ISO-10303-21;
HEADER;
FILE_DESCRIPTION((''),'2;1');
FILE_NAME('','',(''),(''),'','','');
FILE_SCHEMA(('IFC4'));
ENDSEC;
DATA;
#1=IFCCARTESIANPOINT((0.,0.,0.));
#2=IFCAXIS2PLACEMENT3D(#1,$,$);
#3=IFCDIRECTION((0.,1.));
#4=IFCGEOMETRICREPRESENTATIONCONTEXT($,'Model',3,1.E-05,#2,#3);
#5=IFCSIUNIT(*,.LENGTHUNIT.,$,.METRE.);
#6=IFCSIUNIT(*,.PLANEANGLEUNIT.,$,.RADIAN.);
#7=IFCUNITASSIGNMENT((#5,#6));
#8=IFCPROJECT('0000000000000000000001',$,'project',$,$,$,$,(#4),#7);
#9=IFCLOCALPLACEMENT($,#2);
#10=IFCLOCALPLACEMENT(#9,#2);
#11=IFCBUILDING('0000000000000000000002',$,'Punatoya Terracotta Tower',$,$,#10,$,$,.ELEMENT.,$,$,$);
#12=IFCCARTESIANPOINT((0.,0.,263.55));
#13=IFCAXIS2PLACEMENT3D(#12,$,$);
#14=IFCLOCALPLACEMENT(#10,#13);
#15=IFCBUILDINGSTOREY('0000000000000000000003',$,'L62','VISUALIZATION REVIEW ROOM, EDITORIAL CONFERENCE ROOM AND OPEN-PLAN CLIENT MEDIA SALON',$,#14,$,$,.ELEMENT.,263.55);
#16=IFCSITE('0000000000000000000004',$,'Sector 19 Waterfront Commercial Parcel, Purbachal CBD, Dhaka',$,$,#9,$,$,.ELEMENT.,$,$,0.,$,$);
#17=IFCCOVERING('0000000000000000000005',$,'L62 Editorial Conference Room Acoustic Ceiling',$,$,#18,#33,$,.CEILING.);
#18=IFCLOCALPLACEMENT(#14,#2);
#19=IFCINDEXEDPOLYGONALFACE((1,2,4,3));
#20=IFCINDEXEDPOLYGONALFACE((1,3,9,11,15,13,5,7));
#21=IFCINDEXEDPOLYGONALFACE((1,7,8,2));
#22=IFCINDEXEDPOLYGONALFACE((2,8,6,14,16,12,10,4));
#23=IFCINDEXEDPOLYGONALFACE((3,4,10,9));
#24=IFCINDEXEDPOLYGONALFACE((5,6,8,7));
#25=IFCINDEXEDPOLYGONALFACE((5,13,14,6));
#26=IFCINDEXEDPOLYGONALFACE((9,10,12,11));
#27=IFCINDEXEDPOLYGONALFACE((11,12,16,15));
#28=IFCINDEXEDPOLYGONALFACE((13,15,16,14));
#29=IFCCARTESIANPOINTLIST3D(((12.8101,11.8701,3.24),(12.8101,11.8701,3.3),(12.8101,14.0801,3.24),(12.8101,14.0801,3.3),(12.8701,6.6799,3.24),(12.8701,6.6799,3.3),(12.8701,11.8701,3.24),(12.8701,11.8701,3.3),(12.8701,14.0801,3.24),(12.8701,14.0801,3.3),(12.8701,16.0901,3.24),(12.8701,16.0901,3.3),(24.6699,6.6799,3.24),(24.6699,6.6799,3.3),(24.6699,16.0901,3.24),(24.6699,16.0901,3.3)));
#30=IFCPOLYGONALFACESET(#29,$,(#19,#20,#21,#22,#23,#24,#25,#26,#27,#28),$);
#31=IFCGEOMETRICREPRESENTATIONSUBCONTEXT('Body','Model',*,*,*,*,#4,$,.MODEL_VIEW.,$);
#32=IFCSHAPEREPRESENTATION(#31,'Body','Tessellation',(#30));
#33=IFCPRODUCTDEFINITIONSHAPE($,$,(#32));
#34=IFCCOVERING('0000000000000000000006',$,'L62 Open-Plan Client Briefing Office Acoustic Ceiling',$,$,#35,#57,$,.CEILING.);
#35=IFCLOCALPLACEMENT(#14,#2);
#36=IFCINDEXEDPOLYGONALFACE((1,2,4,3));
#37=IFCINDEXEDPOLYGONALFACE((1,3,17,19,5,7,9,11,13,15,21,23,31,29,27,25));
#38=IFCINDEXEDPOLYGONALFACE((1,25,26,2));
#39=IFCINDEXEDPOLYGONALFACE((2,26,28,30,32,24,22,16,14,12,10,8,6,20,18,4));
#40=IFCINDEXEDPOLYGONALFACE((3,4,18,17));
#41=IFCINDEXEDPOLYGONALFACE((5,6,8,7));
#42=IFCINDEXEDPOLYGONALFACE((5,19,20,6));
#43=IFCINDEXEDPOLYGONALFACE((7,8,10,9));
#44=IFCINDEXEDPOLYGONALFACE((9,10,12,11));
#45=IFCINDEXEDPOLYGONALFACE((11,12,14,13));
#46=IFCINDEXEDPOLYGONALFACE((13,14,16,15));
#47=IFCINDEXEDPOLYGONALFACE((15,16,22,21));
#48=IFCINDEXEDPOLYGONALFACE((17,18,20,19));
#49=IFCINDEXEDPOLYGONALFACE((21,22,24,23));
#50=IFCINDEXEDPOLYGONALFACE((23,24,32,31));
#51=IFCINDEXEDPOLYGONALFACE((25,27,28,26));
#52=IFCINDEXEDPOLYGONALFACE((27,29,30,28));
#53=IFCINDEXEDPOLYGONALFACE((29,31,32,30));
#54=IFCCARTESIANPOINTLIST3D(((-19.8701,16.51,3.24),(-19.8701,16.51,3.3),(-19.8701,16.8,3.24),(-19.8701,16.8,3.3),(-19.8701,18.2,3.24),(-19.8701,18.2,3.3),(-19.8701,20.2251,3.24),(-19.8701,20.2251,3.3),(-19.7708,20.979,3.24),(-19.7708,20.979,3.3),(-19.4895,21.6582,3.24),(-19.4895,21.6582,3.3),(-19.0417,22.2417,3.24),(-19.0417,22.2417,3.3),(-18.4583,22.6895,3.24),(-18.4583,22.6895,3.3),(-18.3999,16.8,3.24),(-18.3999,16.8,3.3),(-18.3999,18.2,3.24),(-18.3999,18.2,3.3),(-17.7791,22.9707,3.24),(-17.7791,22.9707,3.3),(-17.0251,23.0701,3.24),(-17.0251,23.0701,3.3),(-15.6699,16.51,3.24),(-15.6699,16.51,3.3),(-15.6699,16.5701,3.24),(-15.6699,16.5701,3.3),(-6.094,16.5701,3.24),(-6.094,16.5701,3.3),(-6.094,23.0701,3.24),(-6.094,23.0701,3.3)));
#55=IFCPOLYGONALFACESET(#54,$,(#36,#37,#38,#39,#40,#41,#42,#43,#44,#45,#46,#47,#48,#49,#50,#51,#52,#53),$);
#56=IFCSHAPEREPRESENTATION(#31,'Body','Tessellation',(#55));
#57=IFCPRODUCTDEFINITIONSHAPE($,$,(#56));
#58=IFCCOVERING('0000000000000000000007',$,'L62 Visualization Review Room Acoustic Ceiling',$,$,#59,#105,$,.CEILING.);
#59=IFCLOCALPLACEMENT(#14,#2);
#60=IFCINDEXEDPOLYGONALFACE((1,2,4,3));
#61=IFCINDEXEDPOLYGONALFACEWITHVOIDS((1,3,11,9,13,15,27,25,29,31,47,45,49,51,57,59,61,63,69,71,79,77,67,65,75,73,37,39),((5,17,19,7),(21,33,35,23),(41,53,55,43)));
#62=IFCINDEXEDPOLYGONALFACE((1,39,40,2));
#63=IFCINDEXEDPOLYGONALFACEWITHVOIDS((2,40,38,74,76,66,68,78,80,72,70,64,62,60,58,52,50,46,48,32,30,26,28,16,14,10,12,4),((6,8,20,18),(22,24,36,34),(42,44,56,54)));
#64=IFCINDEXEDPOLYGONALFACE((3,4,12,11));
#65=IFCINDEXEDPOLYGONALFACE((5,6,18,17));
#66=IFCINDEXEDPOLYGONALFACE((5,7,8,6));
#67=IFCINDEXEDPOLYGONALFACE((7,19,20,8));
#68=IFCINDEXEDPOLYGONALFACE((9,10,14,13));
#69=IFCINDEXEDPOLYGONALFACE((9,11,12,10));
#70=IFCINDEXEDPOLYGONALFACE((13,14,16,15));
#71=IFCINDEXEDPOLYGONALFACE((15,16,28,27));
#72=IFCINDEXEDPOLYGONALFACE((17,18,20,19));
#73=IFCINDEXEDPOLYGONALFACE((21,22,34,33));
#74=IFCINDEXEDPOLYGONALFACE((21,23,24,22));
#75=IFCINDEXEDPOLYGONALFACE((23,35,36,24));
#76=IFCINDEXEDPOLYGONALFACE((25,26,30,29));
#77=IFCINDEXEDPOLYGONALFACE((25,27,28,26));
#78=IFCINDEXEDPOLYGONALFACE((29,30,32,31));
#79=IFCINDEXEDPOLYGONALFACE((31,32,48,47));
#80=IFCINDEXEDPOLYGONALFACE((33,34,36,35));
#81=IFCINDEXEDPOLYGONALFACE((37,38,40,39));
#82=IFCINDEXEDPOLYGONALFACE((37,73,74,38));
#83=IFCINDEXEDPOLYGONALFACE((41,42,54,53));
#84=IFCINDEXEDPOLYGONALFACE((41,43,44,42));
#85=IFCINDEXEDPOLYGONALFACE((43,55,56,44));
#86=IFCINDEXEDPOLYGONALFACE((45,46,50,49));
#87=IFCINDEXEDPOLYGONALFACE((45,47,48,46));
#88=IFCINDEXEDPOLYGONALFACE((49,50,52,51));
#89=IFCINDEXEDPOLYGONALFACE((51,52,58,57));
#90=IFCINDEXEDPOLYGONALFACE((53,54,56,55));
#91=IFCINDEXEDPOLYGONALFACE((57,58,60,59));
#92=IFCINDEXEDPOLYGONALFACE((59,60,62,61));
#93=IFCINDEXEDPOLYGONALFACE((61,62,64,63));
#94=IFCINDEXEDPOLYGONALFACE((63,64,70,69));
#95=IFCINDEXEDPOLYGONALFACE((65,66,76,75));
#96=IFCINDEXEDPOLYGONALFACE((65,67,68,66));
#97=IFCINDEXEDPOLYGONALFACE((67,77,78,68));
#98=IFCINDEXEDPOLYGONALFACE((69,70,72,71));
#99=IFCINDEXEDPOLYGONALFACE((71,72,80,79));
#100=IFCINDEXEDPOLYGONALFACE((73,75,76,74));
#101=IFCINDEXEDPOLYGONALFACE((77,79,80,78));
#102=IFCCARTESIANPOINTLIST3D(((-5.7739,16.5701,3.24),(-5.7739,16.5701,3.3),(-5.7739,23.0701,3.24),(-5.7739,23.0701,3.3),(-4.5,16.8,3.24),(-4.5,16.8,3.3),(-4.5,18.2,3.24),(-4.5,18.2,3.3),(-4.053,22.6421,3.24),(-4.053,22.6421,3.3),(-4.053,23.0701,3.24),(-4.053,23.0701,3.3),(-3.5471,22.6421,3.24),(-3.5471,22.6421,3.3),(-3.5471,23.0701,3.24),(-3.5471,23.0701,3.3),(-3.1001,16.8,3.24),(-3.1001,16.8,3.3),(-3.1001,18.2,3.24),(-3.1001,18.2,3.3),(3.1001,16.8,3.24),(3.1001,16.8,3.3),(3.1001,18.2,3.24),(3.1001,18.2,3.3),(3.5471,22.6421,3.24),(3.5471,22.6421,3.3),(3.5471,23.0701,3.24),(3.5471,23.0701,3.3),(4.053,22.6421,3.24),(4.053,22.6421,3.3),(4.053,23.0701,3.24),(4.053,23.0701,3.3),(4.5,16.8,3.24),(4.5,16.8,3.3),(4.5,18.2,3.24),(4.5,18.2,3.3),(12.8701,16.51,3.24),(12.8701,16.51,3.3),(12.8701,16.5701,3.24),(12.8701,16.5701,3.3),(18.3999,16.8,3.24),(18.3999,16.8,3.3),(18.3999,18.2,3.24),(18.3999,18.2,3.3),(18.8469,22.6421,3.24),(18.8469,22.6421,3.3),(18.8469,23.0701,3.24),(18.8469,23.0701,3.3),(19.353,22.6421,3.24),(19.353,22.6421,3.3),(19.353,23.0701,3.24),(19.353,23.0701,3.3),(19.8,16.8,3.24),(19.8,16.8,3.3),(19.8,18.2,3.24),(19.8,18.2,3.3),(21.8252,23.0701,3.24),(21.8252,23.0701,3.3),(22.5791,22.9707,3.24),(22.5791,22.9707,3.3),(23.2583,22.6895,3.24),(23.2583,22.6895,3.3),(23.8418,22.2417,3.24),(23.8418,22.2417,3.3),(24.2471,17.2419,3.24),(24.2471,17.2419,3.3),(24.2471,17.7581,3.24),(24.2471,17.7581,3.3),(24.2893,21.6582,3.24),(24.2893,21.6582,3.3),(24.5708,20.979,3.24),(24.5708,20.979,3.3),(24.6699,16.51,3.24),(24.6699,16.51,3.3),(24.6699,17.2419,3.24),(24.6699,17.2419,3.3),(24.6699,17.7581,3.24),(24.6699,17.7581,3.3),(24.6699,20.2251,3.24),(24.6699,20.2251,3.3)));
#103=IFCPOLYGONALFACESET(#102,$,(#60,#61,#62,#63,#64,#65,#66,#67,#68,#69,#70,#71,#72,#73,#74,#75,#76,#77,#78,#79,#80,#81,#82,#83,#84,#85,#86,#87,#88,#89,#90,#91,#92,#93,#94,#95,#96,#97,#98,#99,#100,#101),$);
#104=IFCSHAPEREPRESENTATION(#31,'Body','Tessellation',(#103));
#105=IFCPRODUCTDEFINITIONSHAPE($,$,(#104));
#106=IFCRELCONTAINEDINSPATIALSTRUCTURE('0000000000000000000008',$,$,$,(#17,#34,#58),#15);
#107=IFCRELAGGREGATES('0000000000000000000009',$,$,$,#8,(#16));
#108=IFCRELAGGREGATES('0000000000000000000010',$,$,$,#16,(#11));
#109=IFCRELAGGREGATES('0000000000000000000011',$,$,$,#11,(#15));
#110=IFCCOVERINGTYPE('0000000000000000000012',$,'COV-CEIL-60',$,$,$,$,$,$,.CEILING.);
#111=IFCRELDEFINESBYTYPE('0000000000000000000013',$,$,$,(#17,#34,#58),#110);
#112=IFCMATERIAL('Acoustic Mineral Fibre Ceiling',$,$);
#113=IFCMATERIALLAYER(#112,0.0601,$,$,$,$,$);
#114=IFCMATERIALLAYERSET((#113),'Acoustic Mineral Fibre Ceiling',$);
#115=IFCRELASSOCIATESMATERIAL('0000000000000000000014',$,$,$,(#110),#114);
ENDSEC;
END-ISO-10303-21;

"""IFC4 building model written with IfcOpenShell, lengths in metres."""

from ifc_helpers import new_model, si_unit, direction, frame, origin, place, context, subcontext, project, spatial, polyline, outline, extrude, material, layer, layer_set, type_object, element, save


model = new_model("IFC4")

# Units and contexts
model_context = context("Model", 3, precision=1e-05, world=origin(), true_north=direction((0.0, 1.0)))
body_context = subcontext(model_context, "Body", "Model", "MODEL_VIEW")
ifc_project = project(units=[si_unit("LENGTHUNIT", "METRE"), si_unit("PLANEANGLEUNIT", "RADIAN")], contexts=[model_context])

# Site, building, storey
site_placement = place(None, origin())
site = spatial("IfcSite", under=ifc_project, at=site_placement, Name="Sector 19 Waterfront Commercial Parcel, Purbachal CBD, Dhaka", CompositionType="ELEMENT", RefElevation=0.0)
building_placement = place(site_placement, origin())
building = spatial("IfcBuilding", under=site, at=building_placement, Name="Punatoya Terracotta Tower", CompositionType="ELEMENT")
storey_placement = place(building_placement, frame((0.0, 0.0, 263.55)))
storey = spatial("IfcBuildingStorey", under=building, at=storey_placement, Name="L62", Description="VISUALIZATION REVIEW ROOM, EDITORIAL CONFERENCE ROOM AND OPEN-PLAN CLIENT MEDIA SALON", CompositionType="ELEMENT", Elevation=263.55)

# Coverings
ifc_material_1 = material(Name="Acoustic Mineral Fibre Ceiling")
ifc_layer_1 = layer(ifc_material_1, 0.0601)
ifc_layer_set_1 = layer_set([ifc_layer_1], Name="Acoustic Mineral Fibre Ceiling")
covering_type = type_object("IfcCoveringType", Name="COV-CEIL-60", PredefinedType="CEILING", material=ifc_layer_set_1)
covering_1_placement = place(storey_placement, frame((0.0, 0.0, 3.24)))
element("IfcCovering", 1, at=covering_1_placement, inside=storey, type_object=covering_type, Name="L62 Editorial Conference Room Acoustic Ceiling", PredefinedType="CEILING", context=body_context, shape_type="SweptSolid", body=[
    extrude(outline(polyline([(12.8101, 11.8701), (12.8701, 11.8701), (12.8701, 6.6799), (24.6699, 6.6799), (24.6699, 16.0901), (12.8701, 16.0901), (12.8701, 14.0801), (12.8101, 14.0801), (12.8101, 11.8701)])), origin(), (0.0, 0.0, 1.0), 0.0601),
])
covering_2_placement = place(storey_placement, frame((0.0, 0.0, 3.24)))
element("IfcCovering", 2, at=covering_2_placement, inside=storey, type_object=covering_type, Name="L62 Open-Plan Client Briefing Office Acoustic Ceiling", PredefinedType="CEILING", context=body_context, shape_type="SweptSolid", body=[
    extrude(outline(polyline([(-19.8701, 16.8), (-19.8701, 16.51), (-15.6699, 16.51), (-15.6699, 16.5701), (-6.094, 16.5701), (-6.094, 23.0701), (-17.0251, 23.0701), (-17.7791, 22.9707), (-18.4583, 22.6895), (-19.0417, 22.2417), (-19.4895, 21.6582), (-19.7708, 20.979), (-19.8701, 20.2251), (-19.8701, 18.2), (-18.3999, 18.2), (-18.3999, 16.8), (-19.8701, 16.8)])), origin(), (0.0, 0.0, 1.0), 0.0601),
])
covering_3_placement = place(storey_placement, frame((0.0, 0.0, 3.24)))
element("IfcCovering", 3, at=covering_3_placement, inside=storey, type_object=covering_type, Name="L62 Visualization Review Room Acoustic Ceiling", PredefinedType="CEILING", context=body_context, shape_type="SweptSolid", body=[
    extrude(outline(polyline([(4.053, 22.6421), (3.5471, 22.6421), (3.5471, 23.0701), (-3.5471, 23.0701), (-3.5471, 22.6421), (-4.053, 22.6421), (-4.053, 23.0701), (-5.7739, 23.0701), (-5.7739, 16.5701), (12.8701, 16.5701), (12.8701, 16.51), (24.6699, 16.51), (24.6699, 17.2419), (24.2471, 17.2419), (24.2471, 17.7581), (24.6699, 17.7581), (24.6699, 20.2251), (24.5708, 20.979), (24.2893, 21.6582), (23.8418, 22.2417), (23.2583, 22.6895), (22.5791, 22.9707), (21.8252, 23.0701), (19.353, 23.0701), (19.353, 22.6421), (18.8469, 22.6421), (18.8469, 23.0701), (4.053, 23.0701), (4.053, 22.6421)]), holes=[polyline([(19.8, 18.2), (19.8, 16.8), (18.3999, 16.8), (18.3999, 18.2), (19.8, 18.2)]), polyline([(4.5, 16.8), (3.1001, 16.8), (3.1001, 18.2), (4.5, 18.2), (4.5, 16.8)]), polyline([(-4.5, 16.8), (-4.5, 18.2), (-3.1001, 18.2), (-3.1001, 16.8), (-4.5, 16.8)])]), origin(), (0.0, 0.0, 1.0), 0.0601),
])

save(model, "model.ifc")
